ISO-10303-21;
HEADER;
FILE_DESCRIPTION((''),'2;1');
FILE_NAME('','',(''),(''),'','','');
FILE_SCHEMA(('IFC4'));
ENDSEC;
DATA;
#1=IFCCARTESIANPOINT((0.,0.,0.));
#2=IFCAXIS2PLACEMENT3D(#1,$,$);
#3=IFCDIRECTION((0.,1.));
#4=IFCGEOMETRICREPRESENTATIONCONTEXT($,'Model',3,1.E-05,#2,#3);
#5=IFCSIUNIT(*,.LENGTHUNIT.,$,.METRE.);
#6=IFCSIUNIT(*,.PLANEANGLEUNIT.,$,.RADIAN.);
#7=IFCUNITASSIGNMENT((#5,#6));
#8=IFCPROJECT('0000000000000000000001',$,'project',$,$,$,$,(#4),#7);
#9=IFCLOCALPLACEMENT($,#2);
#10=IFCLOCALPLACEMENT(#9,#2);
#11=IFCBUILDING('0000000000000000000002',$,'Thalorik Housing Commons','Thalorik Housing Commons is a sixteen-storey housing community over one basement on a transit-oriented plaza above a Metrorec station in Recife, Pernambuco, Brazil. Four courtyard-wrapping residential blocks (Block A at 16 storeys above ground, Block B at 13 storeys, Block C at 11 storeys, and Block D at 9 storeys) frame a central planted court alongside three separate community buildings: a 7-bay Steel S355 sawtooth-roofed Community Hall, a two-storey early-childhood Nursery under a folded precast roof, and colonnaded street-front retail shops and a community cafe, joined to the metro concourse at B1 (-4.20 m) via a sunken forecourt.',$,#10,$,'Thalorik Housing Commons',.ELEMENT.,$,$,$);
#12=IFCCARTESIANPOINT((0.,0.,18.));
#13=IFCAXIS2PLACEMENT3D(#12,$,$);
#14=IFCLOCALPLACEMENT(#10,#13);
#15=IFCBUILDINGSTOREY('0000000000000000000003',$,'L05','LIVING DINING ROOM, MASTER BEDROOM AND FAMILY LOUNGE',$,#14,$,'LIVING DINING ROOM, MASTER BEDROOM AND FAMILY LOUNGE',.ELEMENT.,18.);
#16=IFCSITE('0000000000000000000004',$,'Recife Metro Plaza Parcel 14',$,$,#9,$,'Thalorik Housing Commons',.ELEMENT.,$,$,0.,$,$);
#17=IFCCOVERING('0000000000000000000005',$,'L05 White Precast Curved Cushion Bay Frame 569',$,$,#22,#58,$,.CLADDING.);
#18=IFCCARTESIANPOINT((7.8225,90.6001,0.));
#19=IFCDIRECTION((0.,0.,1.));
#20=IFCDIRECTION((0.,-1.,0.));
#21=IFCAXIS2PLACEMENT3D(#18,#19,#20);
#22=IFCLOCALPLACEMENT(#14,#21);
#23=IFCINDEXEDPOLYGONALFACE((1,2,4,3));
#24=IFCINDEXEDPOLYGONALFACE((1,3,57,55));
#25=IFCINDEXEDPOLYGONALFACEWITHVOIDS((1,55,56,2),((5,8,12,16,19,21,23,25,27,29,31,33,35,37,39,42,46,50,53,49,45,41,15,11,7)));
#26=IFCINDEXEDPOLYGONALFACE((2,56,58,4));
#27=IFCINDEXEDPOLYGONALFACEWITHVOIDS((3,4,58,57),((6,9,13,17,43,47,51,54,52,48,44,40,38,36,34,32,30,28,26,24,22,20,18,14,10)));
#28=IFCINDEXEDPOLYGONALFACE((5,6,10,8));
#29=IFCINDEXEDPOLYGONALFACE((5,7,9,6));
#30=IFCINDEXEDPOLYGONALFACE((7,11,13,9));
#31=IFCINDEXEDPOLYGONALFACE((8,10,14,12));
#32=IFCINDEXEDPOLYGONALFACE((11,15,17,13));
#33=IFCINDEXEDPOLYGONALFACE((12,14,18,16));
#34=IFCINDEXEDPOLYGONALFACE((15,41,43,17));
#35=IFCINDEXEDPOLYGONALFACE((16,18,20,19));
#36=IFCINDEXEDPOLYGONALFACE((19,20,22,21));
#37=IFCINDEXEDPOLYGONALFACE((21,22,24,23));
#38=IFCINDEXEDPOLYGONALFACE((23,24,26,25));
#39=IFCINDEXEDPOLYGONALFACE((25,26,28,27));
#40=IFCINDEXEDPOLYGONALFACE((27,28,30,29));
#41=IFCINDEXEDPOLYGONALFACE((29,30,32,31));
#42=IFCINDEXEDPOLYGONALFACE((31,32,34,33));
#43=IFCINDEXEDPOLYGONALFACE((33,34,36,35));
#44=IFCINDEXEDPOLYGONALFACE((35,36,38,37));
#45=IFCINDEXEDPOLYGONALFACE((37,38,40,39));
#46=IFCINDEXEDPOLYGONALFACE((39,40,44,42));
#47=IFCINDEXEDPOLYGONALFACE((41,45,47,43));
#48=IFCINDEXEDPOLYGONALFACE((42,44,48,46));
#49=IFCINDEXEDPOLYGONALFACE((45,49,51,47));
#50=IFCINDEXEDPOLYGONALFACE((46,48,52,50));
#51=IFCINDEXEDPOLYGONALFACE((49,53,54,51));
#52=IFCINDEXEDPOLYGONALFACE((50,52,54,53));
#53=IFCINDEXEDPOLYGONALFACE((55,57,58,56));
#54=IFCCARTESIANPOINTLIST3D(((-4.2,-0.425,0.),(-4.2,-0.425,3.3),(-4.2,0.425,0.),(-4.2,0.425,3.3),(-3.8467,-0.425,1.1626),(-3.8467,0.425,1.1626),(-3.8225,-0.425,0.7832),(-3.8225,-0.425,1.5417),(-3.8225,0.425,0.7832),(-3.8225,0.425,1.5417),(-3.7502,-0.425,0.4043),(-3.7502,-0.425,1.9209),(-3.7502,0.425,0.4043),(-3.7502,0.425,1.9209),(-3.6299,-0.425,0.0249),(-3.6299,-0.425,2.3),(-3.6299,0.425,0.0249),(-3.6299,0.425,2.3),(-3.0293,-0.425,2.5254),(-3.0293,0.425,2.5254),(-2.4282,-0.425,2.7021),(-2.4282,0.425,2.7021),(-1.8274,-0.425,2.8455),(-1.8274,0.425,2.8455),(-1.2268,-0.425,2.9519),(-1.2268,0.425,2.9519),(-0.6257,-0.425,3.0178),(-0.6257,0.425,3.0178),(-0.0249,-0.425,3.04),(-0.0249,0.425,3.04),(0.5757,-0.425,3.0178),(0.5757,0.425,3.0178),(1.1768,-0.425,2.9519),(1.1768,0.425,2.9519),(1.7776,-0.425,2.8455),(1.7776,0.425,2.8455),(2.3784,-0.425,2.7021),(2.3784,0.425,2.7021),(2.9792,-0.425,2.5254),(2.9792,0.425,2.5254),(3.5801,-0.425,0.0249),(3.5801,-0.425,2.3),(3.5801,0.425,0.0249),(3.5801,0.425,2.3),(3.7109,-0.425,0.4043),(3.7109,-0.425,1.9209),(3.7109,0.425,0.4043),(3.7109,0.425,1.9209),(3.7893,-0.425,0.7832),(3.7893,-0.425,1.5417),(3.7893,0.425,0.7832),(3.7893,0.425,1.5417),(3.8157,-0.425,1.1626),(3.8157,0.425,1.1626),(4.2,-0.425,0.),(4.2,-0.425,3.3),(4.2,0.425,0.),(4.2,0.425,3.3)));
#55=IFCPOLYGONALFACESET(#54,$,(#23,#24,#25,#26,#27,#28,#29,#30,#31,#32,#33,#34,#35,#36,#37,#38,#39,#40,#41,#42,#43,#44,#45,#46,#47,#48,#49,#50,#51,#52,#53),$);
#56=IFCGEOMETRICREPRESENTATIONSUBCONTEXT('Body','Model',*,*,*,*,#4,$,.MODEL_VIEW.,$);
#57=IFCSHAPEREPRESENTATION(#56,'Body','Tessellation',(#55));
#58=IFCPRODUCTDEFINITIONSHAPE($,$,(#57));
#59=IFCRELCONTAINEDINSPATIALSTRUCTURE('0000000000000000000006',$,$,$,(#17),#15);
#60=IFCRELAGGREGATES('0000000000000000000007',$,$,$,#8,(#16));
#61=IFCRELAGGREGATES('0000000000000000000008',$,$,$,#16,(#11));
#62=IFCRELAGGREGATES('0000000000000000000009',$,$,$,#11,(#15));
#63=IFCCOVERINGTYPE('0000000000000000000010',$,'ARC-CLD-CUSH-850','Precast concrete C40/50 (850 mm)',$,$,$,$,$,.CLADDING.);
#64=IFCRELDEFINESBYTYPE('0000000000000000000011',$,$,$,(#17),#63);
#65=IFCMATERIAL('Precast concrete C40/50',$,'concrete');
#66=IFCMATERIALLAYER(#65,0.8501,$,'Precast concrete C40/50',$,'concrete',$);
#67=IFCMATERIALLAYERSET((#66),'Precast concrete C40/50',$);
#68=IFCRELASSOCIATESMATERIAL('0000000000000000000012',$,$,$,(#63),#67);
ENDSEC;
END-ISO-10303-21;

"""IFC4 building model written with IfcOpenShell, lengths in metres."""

from ifc_helpers import new_model, si_unit, direction, frame, origin, place, context, subcontext, project, spatial, polyline, outline, extrude, material, layer, layer_set, type_object, element, save


model = new_model("IFC4")

# Units and contexts
model_context = context("Model", 3, precision=1e-05, world=origin(), true_north=direction((0.0, 1.0)))
body_context = subcontext(model_context, "Body", "Model", "MODEL_VIEW")
ifc_project = project(units=[si_unit("LENGTHUNIT", "METRE"), si_unit("PLANEANGLEUNIT", "RADIAN")], contexts=[model_context])

# Site, building, storey
site_placement = place(None, origin())
site = spatial("IfcSite", under=ifc_project, at=site_placement, Name="Recife Metro Plaza Parcel 14", LongName="Thalorik Housing Commons", CompositionType="ELEMENT", RefElevation=0.0)
building_placement = place(site_placement, origin())
building = spatial("IfcBuilding", under=site, at=building_placement, Name="Thalorik Housing Commons", Description="Thalorik Housing Commons is a sixteen-storey housing community over one basement on a transit-oriented plaza above a Metrorec station in Recife, Pernambuco, Brazil. Four courtyard-wrapping residential blocks (Block A at 16 storeys above ground, Block B at 13 storeys, Block C at 11 storeys, and Block D at 9 storeys) frame a central planted court alongside three separate community buildings: a 7-bay Steel S355 sawtooth-roofed Community Hall, a two-storey early-childhood Nursery under a folded precast roof, and colonnaded street-front retail shops and a community cafe, joined to the metro concourse at B1 (-4.20 m) via a sunken forecourt.", LongName="Thalorik Housing Commons", CompositionType="ELEMENT")
storey_placement = place(building_placement, frame((0.0, 0.0, 18.0)))
storey = spatial("IfcBuildingStorey", under=building, at=storey_placement, Name="L05", Description="LIVING DINING ROOM, MASTER BEDROOM AND FAMILY LOUNGE", LongName="LIVING DINING ROOM, MASTER BEDROOM AND FAMILY LOUNGE", CompositionType="ELEMENT", Elevation=18.0)

# Shared definitions
ifc_material_1 = material(Name="Precast concrete C40/50", Category="concrete")

# Covering
ifc_layer_1 = layer(ifc_material_1, 0.8501, Name="Precast concrete C40/50", Category="concrete")
ifc_layer_set_1 = layer_set([ifc_layer_1], Name="Precast concrete C40/50")
covering_type_1 = type_object("IfcCoveringType", Name="ARC-CLD-CUSH-850", Description="Precast concrete C40/50 (850 mm)", PredefinedType="CLADDING", material=ifc_layer_set_1)
covering_1_placement = place(storey_placement, frame((7.8225, 90.6001, 0.0), z_axis=(0.0, 0.0, 1.0), x_axis=(0.0, -1.0, 0.0)))
element("IfcCovering", 1, at=covering_1_placement, inside=storey, type_object=covering_type_1, Name="L05 White Precast Curved Cushion Bay Frame 569", PredefinedType="CLADDING", context=body_context, shape_type="SweptSolid", body=[
    extrude(outline(polyline([(-4.2, 0.0), (4.2, 0.0), (4.2, 3.3), (-4.2, 3.3), (-4.2, 0.0)]), holes=[polyline([(3.5801, 0.0249), (3.7109, 0.4043), (3.7893, 0.7832), (3.8157, 1.1626), (3.7893, 1.5417), (3.7109, 1.9209), (3.5801, 2.3), (2.9792, 2.5254), (2.3784, 2.7021), (1.7776, 2.8455), (1.1768, 2.9519), (0.5757, 3.0178), (-0.0249, 3.04), (-0.6257, 3.0178), (-1.2268, 2.9519), (-1.8274, 2.8455), (-2.4282, 2.7021), (-3.0293, 2.5254), (-3.6299, 2.3), (-3.7502, 1.9209), (-3.8225, 1.5417), (-3.8467, 1.1626), (-3.8225, 0.7832), (-3.7502, 0.4043), (-3.6299, 0.0249), (3.5801, 0.0249)])]), frame((0.0, 0.425, 0.0), z_axis=(0.0, -1.0, 0.0), x_axis=(1.0, 0.0, 0.0)), (0.0, 0.0, 1.0), 0.8501),
])

save(model, "model.ifc")
